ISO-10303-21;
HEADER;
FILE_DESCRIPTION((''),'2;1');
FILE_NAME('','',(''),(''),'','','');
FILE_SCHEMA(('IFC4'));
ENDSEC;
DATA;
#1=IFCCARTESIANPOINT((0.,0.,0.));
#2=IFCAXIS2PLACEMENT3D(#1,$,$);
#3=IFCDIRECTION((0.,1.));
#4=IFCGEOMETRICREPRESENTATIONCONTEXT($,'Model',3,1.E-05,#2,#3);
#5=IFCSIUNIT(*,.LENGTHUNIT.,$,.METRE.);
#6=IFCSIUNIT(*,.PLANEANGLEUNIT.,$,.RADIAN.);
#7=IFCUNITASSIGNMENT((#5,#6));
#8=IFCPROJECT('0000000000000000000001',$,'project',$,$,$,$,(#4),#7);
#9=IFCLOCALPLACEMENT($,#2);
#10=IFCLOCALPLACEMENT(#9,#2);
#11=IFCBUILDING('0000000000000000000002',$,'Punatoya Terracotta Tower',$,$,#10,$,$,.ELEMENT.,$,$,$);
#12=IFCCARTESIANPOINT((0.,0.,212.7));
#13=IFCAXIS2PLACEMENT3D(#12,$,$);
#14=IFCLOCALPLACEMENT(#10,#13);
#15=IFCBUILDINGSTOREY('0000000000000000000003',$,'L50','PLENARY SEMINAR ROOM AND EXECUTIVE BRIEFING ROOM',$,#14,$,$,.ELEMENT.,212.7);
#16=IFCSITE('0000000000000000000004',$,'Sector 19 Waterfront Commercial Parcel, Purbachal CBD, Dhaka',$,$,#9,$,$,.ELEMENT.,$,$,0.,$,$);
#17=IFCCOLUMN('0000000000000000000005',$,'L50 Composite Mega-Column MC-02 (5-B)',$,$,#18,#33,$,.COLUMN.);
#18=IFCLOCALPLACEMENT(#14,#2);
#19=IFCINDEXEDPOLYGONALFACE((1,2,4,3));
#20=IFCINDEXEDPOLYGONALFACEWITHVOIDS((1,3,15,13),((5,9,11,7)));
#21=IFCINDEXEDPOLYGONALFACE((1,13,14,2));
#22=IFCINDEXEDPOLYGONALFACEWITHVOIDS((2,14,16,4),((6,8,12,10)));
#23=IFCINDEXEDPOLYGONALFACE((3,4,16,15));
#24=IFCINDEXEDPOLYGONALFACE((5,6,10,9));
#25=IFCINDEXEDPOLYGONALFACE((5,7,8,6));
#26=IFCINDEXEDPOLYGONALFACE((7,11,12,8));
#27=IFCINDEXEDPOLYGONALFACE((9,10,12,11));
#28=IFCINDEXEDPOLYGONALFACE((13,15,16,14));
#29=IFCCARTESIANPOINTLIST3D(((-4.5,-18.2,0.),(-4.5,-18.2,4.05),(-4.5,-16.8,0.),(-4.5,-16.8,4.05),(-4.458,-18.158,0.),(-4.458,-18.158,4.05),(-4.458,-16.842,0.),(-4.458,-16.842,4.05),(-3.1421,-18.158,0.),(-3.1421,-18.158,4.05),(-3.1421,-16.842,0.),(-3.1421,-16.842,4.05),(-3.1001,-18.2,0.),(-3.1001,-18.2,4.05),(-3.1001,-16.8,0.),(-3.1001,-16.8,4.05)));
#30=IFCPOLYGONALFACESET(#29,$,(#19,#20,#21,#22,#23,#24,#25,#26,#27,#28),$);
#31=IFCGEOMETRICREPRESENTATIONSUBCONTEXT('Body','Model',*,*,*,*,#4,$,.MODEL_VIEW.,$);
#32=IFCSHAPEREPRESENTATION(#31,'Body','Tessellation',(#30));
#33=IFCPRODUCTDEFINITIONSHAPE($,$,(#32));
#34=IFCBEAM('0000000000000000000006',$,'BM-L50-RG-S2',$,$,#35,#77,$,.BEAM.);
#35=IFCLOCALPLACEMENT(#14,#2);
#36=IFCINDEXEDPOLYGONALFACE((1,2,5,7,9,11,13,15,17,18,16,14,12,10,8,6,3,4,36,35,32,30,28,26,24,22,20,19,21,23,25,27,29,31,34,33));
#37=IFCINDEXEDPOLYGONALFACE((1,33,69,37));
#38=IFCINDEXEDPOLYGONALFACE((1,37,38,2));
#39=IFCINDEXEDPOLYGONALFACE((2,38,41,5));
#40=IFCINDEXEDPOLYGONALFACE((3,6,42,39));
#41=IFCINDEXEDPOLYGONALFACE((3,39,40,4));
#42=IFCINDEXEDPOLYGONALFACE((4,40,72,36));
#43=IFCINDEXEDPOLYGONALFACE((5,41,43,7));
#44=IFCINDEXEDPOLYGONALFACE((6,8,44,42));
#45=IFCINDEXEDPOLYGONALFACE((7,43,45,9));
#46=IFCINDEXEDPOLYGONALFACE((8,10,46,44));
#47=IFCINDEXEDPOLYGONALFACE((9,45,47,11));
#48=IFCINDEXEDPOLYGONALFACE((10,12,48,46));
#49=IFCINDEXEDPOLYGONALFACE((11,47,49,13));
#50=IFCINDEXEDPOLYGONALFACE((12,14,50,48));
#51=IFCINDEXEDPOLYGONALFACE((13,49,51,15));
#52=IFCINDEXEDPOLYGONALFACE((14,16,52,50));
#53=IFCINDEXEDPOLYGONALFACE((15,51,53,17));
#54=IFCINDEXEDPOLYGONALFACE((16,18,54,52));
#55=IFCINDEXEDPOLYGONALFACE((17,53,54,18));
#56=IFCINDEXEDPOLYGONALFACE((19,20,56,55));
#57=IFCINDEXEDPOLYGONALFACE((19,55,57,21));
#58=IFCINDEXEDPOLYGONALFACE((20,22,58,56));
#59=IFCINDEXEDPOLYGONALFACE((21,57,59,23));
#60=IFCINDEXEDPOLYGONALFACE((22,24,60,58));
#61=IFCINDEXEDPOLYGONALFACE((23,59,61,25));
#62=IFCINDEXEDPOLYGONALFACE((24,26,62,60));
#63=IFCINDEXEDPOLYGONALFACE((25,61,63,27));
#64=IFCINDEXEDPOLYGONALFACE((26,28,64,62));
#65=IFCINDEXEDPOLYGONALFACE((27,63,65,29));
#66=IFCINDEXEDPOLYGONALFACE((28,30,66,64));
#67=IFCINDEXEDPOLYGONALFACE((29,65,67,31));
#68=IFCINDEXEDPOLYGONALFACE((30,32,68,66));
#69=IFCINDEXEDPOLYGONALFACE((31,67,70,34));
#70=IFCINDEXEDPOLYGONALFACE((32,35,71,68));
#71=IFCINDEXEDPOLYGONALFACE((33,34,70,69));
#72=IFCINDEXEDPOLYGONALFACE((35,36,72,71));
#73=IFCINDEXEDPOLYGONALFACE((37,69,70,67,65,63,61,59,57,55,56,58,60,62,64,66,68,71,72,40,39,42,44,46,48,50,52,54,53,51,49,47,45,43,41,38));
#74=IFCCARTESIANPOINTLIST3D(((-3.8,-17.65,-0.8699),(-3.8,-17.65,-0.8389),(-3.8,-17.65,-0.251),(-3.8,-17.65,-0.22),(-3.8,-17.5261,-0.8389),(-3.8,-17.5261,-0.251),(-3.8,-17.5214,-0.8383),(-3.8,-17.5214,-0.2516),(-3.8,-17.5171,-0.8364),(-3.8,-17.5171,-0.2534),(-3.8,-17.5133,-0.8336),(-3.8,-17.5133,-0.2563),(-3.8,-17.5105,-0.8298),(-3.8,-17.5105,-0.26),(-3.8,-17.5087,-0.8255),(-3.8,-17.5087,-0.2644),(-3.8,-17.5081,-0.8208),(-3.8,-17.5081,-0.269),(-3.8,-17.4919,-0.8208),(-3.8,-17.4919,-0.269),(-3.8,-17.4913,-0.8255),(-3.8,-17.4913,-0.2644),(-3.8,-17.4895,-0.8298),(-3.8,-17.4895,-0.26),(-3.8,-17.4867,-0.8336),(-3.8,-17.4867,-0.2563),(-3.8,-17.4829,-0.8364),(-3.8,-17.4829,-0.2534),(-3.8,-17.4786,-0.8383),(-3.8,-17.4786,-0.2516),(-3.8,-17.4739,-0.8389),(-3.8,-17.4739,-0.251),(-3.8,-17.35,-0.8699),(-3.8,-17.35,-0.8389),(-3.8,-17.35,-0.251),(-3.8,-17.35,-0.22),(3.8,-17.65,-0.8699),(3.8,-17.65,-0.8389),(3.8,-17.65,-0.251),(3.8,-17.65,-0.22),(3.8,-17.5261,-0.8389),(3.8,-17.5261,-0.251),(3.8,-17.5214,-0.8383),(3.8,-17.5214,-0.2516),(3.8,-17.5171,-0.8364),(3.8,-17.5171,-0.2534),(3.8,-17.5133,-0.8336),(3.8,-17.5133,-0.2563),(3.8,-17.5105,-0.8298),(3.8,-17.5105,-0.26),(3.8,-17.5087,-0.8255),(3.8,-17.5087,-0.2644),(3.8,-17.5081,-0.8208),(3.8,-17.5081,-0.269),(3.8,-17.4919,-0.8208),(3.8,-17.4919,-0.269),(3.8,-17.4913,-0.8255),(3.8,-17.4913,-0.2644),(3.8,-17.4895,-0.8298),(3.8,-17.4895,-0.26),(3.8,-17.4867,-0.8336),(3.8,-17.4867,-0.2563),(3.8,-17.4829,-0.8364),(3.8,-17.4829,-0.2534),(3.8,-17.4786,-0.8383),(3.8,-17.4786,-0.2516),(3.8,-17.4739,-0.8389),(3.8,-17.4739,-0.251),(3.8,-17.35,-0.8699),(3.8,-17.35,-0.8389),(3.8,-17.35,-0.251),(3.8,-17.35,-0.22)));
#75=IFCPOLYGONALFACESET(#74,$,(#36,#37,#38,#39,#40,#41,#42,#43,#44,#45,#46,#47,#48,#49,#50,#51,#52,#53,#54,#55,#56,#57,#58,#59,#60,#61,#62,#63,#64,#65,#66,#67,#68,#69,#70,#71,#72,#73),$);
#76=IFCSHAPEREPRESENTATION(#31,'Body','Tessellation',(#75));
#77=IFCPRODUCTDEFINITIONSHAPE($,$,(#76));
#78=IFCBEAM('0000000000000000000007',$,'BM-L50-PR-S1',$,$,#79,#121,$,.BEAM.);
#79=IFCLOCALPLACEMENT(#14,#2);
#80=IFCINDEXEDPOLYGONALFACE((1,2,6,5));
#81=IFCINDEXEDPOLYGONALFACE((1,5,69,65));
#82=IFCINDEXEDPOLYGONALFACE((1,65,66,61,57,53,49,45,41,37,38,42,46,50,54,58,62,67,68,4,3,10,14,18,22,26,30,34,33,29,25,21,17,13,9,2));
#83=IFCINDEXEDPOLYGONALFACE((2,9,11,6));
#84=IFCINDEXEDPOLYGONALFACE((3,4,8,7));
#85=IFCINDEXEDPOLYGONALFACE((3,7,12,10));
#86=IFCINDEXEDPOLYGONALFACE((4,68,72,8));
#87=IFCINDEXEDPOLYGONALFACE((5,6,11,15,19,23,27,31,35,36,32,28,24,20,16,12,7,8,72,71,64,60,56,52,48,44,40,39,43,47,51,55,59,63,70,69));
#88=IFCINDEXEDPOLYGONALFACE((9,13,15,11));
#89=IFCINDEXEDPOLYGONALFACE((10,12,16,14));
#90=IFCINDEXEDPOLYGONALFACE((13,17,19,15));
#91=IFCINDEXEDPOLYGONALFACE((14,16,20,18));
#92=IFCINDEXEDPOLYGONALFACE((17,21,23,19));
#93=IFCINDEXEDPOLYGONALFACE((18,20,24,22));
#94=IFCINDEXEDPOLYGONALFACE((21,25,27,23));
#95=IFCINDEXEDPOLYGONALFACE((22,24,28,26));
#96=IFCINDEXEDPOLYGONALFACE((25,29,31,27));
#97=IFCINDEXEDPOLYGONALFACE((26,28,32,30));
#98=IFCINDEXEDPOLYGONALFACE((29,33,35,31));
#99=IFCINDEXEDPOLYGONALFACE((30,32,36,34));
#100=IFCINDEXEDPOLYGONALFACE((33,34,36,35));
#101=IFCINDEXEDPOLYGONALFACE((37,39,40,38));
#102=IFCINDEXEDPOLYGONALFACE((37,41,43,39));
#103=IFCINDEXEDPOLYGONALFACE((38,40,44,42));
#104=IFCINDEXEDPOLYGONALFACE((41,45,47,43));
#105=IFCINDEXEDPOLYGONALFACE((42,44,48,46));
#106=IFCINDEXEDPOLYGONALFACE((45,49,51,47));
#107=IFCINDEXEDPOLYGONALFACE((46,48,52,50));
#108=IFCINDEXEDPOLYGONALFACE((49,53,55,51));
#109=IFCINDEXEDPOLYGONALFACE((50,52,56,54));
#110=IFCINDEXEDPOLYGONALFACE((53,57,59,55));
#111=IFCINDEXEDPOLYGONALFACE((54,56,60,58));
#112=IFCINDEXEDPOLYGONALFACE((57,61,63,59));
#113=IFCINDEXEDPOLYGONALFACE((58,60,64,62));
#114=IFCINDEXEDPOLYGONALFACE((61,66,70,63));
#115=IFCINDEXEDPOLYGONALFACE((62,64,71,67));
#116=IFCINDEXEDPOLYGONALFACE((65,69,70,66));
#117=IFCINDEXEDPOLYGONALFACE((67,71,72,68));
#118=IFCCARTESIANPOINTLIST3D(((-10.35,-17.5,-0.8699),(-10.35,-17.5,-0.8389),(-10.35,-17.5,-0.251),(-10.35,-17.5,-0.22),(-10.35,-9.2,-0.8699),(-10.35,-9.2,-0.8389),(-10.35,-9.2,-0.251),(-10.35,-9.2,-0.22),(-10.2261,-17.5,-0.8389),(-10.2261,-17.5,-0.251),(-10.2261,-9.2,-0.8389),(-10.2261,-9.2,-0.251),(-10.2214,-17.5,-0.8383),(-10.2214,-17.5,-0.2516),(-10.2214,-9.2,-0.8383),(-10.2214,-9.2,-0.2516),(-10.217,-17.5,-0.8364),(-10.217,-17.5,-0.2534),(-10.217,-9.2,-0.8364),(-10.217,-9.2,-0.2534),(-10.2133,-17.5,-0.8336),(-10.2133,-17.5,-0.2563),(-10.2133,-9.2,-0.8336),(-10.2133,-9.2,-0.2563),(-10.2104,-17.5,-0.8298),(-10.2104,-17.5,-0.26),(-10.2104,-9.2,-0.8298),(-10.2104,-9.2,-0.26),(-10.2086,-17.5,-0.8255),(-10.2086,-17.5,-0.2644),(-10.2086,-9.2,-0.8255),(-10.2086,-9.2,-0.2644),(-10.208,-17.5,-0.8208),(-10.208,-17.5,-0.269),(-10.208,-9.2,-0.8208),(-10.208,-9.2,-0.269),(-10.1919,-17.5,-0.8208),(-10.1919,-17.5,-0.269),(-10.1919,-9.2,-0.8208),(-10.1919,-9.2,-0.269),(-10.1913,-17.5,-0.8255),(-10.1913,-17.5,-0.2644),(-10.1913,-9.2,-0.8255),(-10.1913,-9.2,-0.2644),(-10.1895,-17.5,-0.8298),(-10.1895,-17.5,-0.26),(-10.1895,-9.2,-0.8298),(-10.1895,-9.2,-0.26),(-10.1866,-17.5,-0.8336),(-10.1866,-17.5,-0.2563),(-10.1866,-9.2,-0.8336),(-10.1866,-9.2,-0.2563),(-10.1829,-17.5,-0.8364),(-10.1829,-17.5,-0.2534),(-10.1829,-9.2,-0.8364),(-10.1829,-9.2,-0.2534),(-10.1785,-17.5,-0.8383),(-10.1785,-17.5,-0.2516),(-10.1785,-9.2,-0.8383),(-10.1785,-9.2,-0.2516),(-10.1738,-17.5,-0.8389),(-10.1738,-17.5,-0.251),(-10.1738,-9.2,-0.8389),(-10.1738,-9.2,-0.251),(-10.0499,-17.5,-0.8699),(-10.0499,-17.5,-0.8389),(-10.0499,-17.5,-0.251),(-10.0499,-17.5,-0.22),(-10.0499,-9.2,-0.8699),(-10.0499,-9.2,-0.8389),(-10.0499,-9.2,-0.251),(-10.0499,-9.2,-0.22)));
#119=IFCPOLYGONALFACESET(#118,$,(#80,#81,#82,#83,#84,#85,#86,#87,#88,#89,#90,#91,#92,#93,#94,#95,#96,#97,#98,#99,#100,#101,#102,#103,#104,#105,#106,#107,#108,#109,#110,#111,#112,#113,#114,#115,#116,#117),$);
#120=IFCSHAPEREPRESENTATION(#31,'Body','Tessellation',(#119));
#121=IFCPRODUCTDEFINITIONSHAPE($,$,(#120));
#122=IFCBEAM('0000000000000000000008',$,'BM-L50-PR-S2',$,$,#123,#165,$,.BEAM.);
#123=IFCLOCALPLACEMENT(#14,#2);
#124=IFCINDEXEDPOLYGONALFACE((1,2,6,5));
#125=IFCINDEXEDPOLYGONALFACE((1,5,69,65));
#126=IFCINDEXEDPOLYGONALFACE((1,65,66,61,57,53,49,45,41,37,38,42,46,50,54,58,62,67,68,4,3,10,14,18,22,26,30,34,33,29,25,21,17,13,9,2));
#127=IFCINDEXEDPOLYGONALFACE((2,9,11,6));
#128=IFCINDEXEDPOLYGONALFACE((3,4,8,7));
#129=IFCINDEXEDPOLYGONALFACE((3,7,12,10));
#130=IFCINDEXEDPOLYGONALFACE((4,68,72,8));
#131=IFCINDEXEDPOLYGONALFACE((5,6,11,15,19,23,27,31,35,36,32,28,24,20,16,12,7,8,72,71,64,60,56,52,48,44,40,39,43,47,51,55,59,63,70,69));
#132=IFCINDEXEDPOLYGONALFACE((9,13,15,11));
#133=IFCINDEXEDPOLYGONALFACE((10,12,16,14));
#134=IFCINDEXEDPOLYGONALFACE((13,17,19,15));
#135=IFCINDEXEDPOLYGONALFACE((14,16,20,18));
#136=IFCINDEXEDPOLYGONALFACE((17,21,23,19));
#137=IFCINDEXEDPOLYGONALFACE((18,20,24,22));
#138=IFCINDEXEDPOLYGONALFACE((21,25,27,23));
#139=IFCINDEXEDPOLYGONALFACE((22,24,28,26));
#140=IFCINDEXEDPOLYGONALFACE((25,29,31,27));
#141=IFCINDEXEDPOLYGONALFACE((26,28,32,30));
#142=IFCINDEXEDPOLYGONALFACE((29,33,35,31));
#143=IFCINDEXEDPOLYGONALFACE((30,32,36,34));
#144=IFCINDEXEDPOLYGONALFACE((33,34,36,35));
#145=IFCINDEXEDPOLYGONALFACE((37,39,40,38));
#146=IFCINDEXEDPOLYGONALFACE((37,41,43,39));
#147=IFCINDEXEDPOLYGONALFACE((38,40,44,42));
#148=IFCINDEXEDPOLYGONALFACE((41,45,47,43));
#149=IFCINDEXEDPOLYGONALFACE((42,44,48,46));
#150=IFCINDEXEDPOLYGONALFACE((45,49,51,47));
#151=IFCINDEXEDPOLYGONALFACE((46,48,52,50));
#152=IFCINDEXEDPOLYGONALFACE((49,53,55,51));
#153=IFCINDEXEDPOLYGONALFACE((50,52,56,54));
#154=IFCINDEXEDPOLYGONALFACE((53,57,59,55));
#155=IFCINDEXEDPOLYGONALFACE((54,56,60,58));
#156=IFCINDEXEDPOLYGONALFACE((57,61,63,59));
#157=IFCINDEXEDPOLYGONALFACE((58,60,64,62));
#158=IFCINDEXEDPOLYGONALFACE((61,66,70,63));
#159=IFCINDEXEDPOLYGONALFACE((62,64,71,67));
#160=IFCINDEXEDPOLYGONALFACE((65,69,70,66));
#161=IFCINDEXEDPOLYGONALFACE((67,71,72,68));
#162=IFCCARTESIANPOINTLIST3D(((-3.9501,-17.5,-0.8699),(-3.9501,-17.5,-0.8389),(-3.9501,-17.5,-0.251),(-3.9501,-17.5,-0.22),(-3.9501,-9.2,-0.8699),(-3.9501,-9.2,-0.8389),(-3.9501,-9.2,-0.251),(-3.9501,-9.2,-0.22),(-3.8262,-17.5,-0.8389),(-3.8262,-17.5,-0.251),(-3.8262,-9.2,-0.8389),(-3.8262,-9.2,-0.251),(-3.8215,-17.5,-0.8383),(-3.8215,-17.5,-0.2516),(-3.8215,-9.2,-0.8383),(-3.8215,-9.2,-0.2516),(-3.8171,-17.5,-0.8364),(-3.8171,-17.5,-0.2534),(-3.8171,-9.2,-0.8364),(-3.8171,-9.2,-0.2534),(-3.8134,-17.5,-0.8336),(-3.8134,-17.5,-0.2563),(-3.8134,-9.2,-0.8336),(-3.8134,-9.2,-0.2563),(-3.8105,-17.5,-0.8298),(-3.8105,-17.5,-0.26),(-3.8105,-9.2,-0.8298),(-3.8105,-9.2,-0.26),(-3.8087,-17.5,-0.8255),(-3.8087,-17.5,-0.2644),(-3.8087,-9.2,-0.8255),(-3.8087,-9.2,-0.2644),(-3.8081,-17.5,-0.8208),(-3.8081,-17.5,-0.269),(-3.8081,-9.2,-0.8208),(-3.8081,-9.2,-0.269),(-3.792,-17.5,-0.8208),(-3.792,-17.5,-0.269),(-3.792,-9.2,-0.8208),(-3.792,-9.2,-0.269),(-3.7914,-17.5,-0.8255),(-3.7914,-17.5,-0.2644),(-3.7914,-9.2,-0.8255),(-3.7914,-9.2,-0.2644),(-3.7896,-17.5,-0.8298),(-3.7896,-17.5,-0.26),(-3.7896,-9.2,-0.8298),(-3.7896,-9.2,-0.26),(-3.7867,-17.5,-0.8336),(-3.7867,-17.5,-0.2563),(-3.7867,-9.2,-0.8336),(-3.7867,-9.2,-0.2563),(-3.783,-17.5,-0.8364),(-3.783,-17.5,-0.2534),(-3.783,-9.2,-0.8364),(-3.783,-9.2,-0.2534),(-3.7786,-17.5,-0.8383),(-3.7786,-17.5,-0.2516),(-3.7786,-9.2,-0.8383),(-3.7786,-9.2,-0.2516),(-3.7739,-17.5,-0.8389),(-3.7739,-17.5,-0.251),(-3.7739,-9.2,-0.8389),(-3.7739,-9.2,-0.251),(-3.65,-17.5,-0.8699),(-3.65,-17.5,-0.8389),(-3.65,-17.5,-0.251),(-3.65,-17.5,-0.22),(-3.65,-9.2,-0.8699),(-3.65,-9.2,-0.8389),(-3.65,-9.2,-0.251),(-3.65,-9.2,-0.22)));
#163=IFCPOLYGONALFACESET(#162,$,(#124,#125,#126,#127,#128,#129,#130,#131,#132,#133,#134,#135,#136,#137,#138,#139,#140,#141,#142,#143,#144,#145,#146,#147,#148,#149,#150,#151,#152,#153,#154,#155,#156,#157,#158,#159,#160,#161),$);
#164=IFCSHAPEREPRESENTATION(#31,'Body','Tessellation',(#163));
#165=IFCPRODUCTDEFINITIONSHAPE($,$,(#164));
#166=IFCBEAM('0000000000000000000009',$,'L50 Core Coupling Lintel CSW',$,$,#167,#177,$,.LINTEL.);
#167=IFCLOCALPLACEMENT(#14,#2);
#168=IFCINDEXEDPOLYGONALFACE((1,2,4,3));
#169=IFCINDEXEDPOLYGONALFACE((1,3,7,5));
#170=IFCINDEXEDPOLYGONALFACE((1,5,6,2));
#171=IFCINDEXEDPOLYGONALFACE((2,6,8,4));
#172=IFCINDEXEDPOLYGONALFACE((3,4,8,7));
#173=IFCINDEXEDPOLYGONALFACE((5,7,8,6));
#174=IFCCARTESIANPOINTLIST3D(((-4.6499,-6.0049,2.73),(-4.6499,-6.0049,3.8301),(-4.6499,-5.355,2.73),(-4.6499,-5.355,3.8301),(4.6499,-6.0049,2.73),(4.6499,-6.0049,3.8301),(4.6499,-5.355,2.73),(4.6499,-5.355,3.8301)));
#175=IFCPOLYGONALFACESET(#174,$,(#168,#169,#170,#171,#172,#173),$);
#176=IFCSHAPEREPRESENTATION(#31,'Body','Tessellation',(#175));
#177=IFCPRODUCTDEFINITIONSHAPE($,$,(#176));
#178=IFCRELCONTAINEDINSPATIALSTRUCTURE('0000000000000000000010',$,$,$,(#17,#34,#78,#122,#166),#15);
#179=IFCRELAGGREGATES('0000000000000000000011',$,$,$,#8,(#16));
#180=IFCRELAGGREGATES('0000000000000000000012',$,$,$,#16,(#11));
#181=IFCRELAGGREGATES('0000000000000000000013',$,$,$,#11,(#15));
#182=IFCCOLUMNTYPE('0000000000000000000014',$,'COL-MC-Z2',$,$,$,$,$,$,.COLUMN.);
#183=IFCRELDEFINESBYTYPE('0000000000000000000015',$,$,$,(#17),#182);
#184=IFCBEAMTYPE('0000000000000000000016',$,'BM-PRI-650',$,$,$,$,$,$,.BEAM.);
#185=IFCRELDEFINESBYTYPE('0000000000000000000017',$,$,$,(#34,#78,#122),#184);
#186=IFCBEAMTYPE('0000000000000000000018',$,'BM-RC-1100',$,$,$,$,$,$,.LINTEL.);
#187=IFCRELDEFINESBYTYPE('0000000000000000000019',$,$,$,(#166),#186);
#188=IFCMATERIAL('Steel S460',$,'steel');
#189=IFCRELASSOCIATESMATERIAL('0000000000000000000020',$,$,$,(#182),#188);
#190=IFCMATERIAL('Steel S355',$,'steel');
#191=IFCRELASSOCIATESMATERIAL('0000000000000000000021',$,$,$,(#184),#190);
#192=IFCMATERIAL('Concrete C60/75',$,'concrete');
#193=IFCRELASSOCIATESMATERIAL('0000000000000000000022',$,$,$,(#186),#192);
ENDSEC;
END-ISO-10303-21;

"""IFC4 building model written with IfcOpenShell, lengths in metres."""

from ifc_helpers import new_model, si_unit, direction, frame, origin, origin_2d, place, context, subcontext, project, spatial, rectangle, hollow_rectangle, i_section, extrude, material, material_profile, profile_set, type_object, element, save


model = new_model("IFC4")

# Units and contexts
model_context = context("Model", 3, precision=1e-05, world=origin(), true_north=direction((0.0, 1.0)))
body_context = subcontext(model_context, "Body", "Model", "MODEL_VIEW")
ifc_project = project(units=[si_unit("LENGTHUNIT", "METRE"), si_unit("PLANEANGLEUNIT", "RADIAN")], contexts=[model_context])

# Site, building, storey
site_placement = place(None, origin())
site = spatial("IfcSite", under=ifc_project, at=site_placement, Name="Sector 19 Waterfront Commercial Parcel, Purbachal CBD, Dhaka", CompositionType="ELEMENT", RefElevation=0.0)
building_placement = place(site_placement, origin())
building = spatial("IfcBuilding", under=site, at=building_placement, Name="Punatoya Terracotta Tower", CompositionType="ELEMENT")
storey_placement = place(building_placement, frame((0.0, 0.0, 212.7)))
storey = spatial("IfcBuildingStorey", under=building, at=storey_placement, Name="L50", Description="PLENARY SEMINAR ROOM AND EXECUTIVE BRIEFING ROOM", CompositionType="ELEMENT", Elevation=212.7)

# Column
ifc_material_1 = material(Name="Steel S460", Category="steel")
ifc_material_profile_1 = material_profile(ifc_material_1, hollow_rectangle(XDim=1.3999, YDim=1.3999, WallThickness=0.042, at=origin_2d()))
ifc_profile_set_1 = profile_set([ifc_material_profile_1], Name="Steel S460")
column_type = type_object("IfcColumnType", Name="COL-MC-Z2", PredefinedType="COLUMN", material=ifc_profile_set_1)
column_placement = place(storey_placement, frame((-3.8, -17.5, 0.0), z_axis=(0.0, 0.0, 1.0), x_axis=(1.0, 0.0, 0.0)))
element("IfcColumn", 1, at=column_placement, inside=storey, type_object=column_type, Name="L50 Composite Mega-Column MC-02 (5-B)", PredefinedType="COLUMN", context=body_context, shape_type="SweptSolid", body=[
    extrude(hollow_rectangle(XDim=1.3999, YDim=1.3999, WallThickness=0.042, at=origin_2d()), origin(), (0.0, 0.0, 1.0), 4.05),
])

# Beams
ifc_material_2 = material(Name="Steel S355", Category="steel")
ifc_material_profile_2 = material_profile(ifc_material_2, i_section(OverallWidth=0.3, OverallDepth=0.6499, WebThickness=0.0161, FlangeThickness=0.031, FilletRadius=0.0181, at=origin_2d()))
ifc_profile_set_2 = profile_set([ifc_material_profile_2], Name="Steel S355")
beam_type_1 = type_object("IfcBeamType", Name="BM-PRI-650", PredefinedType="BEAM", material=ifc_profile_set_2)
beam_1_placement = place(storey_placement, frame((-3.8, -17.5, -0.5449), z_axis=(1.0, 0.0, 0.0), x_axis=(0.0, 1.0, 0.0)))
element("IfcBeam", 2, at=beam_1_placement, inside=storey, type_object=beam_type_1, Name="BM-L50-RG-S2", PredefinedType="BEAM", context=body_context, shape_type="SweptSolid", body=[
    extrude(i_section(OverallWidth=0.3, OverallDepth=0.6499, WebThickness=0.0161, FlangeThickness=0.031, FilletRadius=0.0181, at=origin_2d()), origin(), (0.0, 0.0, 1.0), 7.6001),
])
for number, where, z_axis, x_axis, name in (
    (3, (-10.2, -17.5, -0.5449), (0.0, 1.0, 0.0), (-1.0, 0.0, 0.0), "BM-L50-PR-S1"),
    (4, (-3.8, -17.5, -0.5449), (0.0, 1.0, 0.0), (-1.0, 0.0, 0.0), "BM-L50-PR-S2"),
):
    element("IfcBeam", number, at=place(storey_placement, frame(where, z_axis=z_axis, x_axis=x_axis)), inside=storey, type_object=beam_type_1, Name=name, PredefinedType="BEAM", context=body_context, shape_type="SweptSolid", body=[
        extrude(i_section(OverallWidth=0.3, OverallDepth=0.6499, WebThickness=0.0161, FlangeThickness=0.031, FilletRadius=0.0181, at=origin_2d()), origin(), (0.0, 0.0, 1.0), 8.3),
    ])
ifc_material_3 = material(Name="Concrete C60/75", Category="concrete")
ifc_material_profile_3 = material_profile(ifc_material_3, rectangle(XDim=0.6499, YDim=1.1001, at=origin_2d()))
ifc_profile_set_3 = profile_set([ifc_material_profile_3], Name="Concrete C60/75")
beam_type_2 = type_object("IfcBeamType", Name="BM-RC-1100", PredefinedType="LINTEL", material=ifc_profile_set_3)
beam_2_placement = place(storey_placement, frame((-4.6499, -5.6799, 3.28), z_axis=(1.0, 0.0, 0.0), x_axis=(0.0, 1.0, 0.0)))
element("IfcBeam", 5, at=beam_2_placement, inside=storey, type_object=beam_type_2, Name="L50 Core Coupling Lintel CSW", PredefinedType="LINTEL", context=body_context, shape_type="SweptSolid", body=[
    extrude(rectangle(XDim=0.6499, YDim=1.1001, at=origin_2d()), origin(), (0.0, 0.0, 1.0), 9.2998),
])

save(model, "model.ifc")
